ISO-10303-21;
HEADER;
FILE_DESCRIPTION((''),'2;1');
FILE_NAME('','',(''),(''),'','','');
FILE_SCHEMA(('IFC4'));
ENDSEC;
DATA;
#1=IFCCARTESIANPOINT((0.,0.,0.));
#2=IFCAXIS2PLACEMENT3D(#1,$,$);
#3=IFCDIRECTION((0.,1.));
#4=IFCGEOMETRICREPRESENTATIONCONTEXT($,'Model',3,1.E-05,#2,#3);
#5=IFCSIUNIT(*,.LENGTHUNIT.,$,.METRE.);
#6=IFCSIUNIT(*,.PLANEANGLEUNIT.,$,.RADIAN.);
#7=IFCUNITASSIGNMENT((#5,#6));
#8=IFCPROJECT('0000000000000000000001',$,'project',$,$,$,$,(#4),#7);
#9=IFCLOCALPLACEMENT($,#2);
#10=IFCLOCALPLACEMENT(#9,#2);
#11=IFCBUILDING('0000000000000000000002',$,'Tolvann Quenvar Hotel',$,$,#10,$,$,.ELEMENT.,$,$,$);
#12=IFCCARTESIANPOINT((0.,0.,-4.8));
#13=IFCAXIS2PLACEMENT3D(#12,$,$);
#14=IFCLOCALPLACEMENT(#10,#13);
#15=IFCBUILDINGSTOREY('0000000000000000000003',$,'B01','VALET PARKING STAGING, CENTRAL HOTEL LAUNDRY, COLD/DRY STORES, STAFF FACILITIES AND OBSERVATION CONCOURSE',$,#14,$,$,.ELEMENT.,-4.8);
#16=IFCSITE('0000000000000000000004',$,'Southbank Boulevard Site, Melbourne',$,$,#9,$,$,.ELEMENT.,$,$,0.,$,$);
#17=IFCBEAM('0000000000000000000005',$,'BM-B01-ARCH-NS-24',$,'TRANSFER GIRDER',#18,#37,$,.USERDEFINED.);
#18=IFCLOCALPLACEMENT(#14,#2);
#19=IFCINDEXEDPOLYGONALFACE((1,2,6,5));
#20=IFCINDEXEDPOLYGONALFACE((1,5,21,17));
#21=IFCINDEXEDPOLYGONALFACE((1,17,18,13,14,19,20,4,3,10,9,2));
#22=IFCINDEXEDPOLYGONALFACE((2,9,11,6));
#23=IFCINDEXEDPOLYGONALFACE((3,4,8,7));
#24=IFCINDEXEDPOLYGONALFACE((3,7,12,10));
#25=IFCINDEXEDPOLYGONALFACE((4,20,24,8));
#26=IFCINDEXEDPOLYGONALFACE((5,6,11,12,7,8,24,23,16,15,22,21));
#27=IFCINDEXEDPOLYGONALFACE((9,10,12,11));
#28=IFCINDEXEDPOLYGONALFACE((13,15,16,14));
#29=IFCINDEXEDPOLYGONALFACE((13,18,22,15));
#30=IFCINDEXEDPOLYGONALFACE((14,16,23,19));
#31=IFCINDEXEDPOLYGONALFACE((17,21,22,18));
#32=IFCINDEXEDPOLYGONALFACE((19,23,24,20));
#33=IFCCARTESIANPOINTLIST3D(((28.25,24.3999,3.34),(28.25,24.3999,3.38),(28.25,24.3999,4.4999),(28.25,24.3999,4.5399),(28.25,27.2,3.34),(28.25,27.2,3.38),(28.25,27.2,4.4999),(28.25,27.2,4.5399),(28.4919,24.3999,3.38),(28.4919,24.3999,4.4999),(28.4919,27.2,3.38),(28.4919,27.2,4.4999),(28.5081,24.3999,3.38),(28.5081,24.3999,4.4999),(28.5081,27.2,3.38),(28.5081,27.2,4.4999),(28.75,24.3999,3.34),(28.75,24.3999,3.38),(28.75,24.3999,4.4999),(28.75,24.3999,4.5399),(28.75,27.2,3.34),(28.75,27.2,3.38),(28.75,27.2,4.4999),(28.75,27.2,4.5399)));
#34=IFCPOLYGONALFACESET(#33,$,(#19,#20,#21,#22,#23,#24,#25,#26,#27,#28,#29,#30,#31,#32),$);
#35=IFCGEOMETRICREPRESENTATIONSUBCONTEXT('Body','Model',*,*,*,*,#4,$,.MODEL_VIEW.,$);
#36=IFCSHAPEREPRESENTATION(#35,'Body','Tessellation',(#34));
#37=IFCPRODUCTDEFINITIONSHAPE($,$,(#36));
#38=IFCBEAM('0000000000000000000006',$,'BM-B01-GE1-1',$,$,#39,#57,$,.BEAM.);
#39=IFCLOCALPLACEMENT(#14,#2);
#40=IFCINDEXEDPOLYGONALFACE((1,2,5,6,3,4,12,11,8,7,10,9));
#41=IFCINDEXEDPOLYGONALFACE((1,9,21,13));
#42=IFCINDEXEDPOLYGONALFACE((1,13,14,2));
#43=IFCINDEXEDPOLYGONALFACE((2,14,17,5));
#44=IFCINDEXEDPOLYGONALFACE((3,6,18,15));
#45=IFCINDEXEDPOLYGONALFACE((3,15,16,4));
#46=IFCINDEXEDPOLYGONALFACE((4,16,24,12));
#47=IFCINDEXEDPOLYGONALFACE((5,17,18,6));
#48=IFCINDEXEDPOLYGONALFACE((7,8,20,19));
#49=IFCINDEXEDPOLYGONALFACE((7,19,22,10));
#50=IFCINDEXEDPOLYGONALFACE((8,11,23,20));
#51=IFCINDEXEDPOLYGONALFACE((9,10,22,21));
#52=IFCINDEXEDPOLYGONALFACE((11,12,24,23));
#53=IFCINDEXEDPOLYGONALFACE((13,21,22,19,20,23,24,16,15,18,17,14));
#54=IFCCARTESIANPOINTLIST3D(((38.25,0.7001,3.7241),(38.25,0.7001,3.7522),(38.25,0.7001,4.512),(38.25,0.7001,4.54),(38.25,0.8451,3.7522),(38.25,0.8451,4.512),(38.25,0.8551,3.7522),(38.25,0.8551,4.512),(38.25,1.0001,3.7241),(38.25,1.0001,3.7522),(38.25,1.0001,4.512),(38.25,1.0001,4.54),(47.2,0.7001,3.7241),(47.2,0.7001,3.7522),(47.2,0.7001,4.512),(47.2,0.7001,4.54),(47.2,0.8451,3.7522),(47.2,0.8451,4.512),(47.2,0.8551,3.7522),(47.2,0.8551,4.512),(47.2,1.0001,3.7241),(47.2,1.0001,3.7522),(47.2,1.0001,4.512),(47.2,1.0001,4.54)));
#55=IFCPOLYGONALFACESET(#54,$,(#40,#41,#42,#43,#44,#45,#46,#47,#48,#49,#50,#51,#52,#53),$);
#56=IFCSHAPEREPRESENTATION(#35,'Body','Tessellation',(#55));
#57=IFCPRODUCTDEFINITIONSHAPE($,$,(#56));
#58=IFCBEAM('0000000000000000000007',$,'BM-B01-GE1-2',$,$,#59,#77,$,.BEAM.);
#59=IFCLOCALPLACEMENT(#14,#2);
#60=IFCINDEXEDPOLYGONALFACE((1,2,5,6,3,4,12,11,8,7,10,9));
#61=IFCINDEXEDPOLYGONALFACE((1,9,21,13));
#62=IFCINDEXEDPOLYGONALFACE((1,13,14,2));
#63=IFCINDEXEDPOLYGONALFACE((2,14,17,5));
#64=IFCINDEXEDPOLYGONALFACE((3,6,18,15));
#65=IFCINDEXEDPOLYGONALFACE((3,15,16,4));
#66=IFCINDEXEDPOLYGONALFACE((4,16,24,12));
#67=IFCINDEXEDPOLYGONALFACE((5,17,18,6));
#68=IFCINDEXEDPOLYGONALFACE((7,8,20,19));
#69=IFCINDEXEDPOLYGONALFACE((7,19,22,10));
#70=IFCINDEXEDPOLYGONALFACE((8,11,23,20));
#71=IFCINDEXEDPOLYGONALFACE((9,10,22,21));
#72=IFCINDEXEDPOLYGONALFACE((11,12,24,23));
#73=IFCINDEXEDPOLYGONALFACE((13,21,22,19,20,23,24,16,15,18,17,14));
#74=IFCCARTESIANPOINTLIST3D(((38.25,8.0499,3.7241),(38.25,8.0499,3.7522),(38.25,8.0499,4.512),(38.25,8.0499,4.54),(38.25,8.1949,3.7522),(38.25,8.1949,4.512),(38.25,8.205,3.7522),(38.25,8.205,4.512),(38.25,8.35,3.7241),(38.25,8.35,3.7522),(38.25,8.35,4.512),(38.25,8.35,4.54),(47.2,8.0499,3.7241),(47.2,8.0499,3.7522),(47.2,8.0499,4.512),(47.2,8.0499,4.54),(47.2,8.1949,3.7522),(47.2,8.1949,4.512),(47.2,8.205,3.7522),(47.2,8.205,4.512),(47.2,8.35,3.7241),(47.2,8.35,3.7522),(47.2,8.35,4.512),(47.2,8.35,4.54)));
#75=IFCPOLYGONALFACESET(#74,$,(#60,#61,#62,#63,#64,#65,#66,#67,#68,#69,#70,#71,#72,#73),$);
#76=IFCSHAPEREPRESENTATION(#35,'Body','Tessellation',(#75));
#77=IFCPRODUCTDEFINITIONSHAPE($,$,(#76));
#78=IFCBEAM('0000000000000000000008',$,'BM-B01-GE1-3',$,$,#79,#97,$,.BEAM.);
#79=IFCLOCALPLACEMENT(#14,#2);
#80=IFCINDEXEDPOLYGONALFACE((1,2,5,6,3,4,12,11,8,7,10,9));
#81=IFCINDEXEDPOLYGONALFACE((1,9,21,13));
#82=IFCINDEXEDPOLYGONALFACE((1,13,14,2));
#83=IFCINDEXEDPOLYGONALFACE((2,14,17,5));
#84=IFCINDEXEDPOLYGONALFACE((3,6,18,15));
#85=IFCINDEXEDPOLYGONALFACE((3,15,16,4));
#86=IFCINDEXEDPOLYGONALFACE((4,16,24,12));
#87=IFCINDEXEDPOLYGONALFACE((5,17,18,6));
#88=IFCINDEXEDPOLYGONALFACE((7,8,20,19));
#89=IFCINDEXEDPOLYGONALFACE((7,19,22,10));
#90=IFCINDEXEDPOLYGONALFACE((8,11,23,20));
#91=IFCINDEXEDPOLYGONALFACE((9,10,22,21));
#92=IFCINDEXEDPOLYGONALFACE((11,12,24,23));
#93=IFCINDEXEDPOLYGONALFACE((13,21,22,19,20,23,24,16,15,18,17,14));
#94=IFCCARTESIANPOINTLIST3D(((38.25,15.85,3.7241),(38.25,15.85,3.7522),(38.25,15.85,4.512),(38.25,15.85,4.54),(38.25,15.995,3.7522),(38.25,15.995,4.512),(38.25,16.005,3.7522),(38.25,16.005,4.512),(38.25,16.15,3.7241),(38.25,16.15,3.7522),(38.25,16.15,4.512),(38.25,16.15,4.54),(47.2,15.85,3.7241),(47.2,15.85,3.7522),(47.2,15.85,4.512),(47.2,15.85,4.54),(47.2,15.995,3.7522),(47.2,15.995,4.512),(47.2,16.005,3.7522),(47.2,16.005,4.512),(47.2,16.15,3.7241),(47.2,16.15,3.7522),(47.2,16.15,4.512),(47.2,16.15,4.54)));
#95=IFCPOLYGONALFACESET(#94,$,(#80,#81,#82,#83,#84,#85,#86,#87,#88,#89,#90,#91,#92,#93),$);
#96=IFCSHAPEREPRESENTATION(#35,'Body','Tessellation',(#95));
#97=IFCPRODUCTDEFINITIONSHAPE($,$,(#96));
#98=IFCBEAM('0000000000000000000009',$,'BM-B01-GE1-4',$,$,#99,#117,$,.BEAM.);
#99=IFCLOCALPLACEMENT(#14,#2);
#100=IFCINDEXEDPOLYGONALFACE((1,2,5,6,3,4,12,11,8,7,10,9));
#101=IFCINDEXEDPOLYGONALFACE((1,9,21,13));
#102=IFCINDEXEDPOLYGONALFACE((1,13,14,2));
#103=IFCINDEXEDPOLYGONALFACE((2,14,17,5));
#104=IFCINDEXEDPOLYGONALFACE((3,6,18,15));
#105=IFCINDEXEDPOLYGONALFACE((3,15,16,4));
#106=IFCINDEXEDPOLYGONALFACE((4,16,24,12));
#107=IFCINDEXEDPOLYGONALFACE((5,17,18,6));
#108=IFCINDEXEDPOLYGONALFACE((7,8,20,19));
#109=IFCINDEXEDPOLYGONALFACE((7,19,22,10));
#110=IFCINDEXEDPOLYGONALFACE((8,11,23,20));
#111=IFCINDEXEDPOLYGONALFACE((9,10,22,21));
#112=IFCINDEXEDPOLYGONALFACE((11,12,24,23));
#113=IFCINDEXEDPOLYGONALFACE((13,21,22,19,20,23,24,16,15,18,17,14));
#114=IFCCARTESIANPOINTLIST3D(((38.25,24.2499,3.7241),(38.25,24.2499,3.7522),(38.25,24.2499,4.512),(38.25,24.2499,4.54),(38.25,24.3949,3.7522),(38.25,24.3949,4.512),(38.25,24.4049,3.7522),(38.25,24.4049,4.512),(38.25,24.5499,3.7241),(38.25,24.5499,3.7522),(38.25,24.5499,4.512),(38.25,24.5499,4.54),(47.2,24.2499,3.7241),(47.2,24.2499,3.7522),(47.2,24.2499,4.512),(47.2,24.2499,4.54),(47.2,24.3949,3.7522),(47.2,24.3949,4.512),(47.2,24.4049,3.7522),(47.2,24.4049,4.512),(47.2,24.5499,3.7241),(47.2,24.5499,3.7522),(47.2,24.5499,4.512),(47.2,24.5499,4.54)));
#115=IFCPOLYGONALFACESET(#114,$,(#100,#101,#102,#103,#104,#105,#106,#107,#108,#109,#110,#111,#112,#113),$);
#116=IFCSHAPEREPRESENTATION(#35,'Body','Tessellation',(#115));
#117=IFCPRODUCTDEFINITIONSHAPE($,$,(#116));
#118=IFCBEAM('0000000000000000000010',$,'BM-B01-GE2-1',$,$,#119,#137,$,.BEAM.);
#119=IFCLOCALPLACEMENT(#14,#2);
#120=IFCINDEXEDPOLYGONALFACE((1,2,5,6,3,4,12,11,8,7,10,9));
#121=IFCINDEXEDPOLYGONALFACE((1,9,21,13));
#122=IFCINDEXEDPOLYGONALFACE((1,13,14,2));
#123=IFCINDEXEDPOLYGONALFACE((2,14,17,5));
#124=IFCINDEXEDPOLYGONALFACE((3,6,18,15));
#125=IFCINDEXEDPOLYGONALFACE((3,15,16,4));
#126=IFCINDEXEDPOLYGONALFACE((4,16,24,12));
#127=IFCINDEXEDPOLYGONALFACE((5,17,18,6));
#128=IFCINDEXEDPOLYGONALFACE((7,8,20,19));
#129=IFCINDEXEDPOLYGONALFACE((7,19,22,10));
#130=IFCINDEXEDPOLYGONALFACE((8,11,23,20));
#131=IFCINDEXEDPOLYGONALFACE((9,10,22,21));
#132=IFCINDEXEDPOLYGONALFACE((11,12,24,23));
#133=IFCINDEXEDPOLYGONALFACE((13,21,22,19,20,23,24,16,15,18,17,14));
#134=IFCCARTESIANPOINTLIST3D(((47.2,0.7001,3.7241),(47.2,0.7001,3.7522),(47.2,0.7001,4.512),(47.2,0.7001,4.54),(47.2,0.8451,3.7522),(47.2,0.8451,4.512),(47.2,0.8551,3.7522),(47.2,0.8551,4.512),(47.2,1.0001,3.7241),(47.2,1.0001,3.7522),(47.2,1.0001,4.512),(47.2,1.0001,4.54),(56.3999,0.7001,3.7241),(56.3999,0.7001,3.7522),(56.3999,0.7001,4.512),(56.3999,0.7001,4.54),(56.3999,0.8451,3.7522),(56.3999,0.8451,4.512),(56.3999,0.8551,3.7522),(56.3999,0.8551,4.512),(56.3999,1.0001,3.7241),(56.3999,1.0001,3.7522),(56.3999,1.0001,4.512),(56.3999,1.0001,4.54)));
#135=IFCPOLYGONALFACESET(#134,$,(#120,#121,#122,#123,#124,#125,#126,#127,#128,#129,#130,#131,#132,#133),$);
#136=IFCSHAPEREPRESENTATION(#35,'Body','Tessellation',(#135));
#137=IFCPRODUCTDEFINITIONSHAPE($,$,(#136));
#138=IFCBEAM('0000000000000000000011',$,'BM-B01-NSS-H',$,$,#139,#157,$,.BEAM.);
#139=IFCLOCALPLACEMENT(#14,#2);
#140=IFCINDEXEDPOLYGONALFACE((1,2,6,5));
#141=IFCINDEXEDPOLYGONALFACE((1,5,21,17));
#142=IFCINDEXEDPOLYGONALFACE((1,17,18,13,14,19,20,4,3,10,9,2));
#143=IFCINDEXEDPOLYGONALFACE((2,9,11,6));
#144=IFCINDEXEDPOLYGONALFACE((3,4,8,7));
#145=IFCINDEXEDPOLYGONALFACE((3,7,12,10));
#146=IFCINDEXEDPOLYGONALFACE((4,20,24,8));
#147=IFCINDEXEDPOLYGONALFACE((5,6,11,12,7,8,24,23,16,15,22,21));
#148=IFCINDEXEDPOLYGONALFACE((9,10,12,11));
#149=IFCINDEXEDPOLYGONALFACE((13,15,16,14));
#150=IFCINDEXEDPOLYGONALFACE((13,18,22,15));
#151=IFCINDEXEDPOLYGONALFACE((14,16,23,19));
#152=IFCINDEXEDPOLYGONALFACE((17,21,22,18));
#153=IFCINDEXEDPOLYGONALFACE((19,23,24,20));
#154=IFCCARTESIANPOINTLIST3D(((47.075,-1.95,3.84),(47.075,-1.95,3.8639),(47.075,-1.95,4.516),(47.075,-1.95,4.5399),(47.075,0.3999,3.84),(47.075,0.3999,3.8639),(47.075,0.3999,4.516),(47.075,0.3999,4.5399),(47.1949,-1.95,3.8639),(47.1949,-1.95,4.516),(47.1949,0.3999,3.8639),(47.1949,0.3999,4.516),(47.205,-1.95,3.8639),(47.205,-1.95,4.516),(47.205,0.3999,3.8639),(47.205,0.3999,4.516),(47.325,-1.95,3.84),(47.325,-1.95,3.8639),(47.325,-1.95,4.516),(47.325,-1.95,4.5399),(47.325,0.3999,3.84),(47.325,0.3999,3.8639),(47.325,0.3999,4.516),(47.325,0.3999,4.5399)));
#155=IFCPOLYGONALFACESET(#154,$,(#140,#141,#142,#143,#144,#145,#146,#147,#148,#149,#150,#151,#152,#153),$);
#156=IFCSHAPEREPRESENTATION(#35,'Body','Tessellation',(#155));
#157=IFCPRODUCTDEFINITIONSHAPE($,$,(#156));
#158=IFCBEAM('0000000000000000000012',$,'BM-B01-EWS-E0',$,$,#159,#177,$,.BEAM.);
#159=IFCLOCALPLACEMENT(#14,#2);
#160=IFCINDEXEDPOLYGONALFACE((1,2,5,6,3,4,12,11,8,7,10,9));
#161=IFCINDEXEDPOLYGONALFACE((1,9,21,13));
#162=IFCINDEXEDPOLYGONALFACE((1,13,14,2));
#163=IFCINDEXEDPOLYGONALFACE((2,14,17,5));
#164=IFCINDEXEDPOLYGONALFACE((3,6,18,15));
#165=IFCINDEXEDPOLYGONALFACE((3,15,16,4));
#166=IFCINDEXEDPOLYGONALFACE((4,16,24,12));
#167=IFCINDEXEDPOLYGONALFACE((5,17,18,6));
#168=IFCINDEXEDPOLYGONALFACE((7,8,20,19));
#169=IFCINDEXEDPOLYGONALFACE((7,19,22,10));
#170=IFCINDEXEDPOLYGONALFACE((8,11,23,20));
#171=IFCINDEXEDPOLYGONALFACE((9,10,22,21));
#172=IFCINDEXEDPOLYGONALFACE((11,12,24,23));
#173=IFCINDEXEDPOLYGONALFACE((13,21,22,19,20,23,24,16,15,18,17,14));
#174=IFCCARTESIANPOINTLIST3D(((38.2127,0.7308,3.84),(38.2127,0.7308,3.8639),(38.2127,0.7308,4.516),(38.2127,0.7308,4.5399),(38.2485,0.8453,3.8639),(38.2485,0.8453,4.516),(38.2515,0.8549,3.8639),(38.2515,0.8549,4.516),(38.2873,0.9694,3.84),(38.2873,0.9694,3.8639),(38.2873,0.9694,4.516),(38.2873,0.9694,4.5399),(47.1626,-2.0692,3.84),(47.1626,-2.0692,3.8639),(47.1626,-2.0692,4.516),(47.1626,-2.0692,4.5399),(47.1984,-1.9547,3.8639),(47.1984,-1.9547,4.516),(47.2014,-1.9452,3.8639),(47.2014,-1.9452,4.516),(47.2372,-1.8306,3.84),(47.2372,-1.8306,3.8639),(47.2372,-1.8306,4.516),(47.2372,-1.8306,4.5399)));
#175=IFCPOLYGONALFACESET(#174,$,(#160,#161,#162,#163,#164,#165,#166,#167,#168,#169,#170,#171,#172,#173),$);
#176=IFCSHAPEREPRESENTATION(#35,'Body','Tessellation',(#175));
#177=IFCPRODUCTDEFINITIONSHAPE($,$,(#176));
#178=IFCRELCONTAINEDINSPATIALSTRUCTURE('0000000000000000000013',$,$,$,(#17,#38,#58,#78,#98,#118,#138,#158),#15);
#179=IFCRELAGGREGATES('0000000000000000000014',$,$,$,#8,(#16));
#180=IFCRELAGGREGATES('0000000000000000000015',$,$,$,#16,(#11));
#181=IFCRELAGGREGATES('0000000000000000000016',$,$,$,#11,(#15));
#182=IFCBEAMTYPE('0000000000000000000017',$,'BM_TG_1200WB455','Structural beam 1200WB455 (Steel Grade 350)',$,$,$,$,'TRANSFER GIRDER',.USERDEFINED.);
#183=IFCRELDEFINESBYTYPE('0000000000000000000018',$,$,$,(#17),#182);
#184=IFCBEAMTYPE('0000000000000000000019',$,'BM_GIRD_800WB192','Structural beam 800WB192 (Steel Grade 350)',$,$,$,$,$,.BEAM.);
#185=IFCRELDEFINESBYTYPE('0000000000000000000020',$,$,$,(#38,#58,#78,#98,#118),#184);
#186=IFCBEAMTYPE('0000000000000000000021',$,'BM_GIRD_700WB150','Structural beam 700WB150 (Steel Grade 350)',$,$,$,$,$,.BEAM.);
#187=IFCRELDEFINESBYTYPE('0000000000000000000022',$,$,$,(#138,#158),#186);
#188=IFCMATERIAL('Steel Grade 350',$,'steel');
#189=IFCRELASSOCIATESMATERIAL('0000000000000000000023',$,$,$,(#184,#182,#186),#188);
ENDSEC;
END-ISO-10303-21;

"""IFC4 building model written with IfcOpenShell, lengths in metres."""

from ifc_helpers import new_model, si_unit, direction, frame, origin, origin_2d, place, context, subcontext, project, spatial, i_section, extrude, source, transform, mapped, material, material_profile, profile_set, type_object, element, save


model = new_model("IFC4")

# Units and contexts
model_context = context("Model", 3, precision=1e-05, world=origin(), true_north=direction((0.0, 1.0)))
body_context = subcontext(model_context, "Body", "Model", "MODEL_VIEW")
ifc_project = project(units=[si_unit("LENGTHUNIT", "METRE"), si_unit("PLANEANGLEUNIT", "RADIAN")], contexts=[model_context])

# Site, building, storey
site_placement = place(None, origin())
site = spatial("IfcSite", under=ifc_project, at=site_placement, Name="Southbank Boulevard Site, Melbourne", CompositionType="ELEMENT", RefElevation=0.0)
building_placement = place(site_placement, origin())
building = spatial("IfcBuilding", under=site, at=building_placement, Name="Tolvann Quenvar Hotel", CompositionType="ELEMENT")
storey_placement = place(building_placement, frame((0.0, 0.0, -4.8)))
storey = spatial("IfcBuildingStorey", under=building, at=storey_placement, Name="B01", Description="VALET PARKING STAGING, CENTRAL HOTEL LAUNDRY, COLD/DRY STORES, STAFF FACILITIES AND OBSERVATION CONCOURSE", CompositionType="ELEMENT", Elevation=-4.8)

# Beams
ifc_material_1 = material(Name="Steel Grade 350", Category="steel")
ifc_material_profile_1 = material_profile(ifc_material_1, i_section(OverallWidth=0.3, OverallDepth=0.8159, WebThickness=0.01, FlangeThickness=0.0281, at=origin_2d()), Name="800WB192")
ifc_profile_set_1 = profile_set([ifc_material_profile_1], Name="Steel Grade 350")
beam_type_1 = type_object("IfcBeamType", Name="BM_GIRD_800WB192", Description="Structural beam 800WB192 (Steel Grade 350)", PredefinedType="BEAM", material=ifc_profile_set_1)
ifc_material_profile_2 = material_profile(ifc_material_1, i_section(OverallWidth=0.5, OverallDepth=1.2, WebThickness=0.0161, FlangeThickness=0.04, at=origin_2d()), Name="1200WB455")
ifc_profile_set_2 = profile_set([ifc_material_profile_2], Name="Steel Grade 350")
beam_type_2 = type_object("IfcBeamType", Name="BM_TG_1200WB455", Description="Structural beam 1200WB455 (Steel Grade 350)", ElementType="TRANSFER GIRDER", PredefinedType="USERDEFINED", material=ifc_profile_set_2)
shared_shape_1 = source(origin(), body_context, "Body", "SweptSolid", [
    extrude(i_section(OverallWidth=0.5, OverallDepth=1.2, WebThickness=0.0161, FlangeThickness=0.04, at=origin_2d()), origin(), (0.0, 0.0, 1.0), 2.8),
])
beam_1_placement = place(storey_placement, frame((28.5, 24.3999, 3.9399), z_axis=(0.0, 1.0, 0.0), x_axis=(-1.0, 0.0, 0.0)))
element("IfcBeam", 1, at=beam_1_placement, inside=storey, type_object=beam_type_2, Name="BM-B01-ARCH-NS-24", ObjectType="TRANSFER GIRDER", PredefinedType="USERDEFINED", context=body_context, shape_type="MappedRepresentation", body=[
    mapped(shared_shape_1, transform((0.0, 0.0, 0.0), x_axis=(1.0, 0.0, 0.0), y_axis=(0.0, 1.0, 0.0), z_axis=(0.0, 0.0, 1.0), scale=1.0)),
])
shared_shape_2 = source(origin(), body_context, "Body", "SweptSolid", [
    extrude(i_section(OverallWidth=0.3, OverallDepth=0.8159, WebThickness=0.01, FlangeThickness=0.0281, at=origin_2d()), origin(), (0.0, 0.0, 1.0), 8.95),
])
for number, where, z_axis, x_axis, name in (
    (2, (38.25, 0.8501, 4.1321), (1.0, 0.0, 0.0), (0.0, 1.0, 0.0), "BM-B01-GE1-1"),
    (3, (38.25, 8.2, 4.1321), (1.0, 0.0, 0.0), (0.0, 1.0, 0.0), "BM-B01-GE1-2"),
    (4, (38.25, 16.0, 4.1321), (1.0, 0.0, 0.0), (0.0, 1.0, 0.0), "BM-B01-GE1-3"),
    (5, (38.25, 24.3999, 4.1321), (1.0, 0.0, 0.0), (0.0, 1.0, 0.0), "BM-B01-GE1-4"),
):
    element("IfcBeam", number, at=place(storey_placement, frame(where, z_axis=z_axis, x_axis=x_axis)), inside=storey, type_object=beam_type_1, Name=name, PredefinedType="BEAM", context=body_context, shape_type="MappedRepresentation", body=[
        mapped(shared_shape_2, transform((0.0, 0.0, 0.0), x_axis=(1.0, 0.0, 0.0), y_axis=(0.0, 1.0, 0.0), z_axis=(0.0, 0.0, 1.0), scale=1.0)),
    ])
shared_shape_3 = source(origin(), body_context, "Body", "SweptSolid", [
    extrude(i_section(OverallWidth=0.3, OverallDepth=0.8159, WebThickness=0.01, FlangeThickness=0.0281, at=origin_2d()), origin(), (0.0, 0.0, 1.0), 9.2),
])
beam_2_placement = place(storey_placement, frame((47.2, 0.8501, 4.1321), z_axis=(1.0, 0.0, 0.0), x_axis=(0.0, 1.0, 0.0)))
element("IfcBeam", 6, at=beam_2_placement, inside=storey, type_object=beam_type_1, Name="BM-B01-GE2-1", PredefinedType="BEAM", context=body_context, shape_type="MappedRepresentation", body=[
    mapped(shared_shape_3, transform((0.0, 0.0, 0.0), x_axis=(1.0, 0.0, 0.0), y_axis=(0.0, 1.0, 0.0), z_axis=(0.0, 0.0, 1.0), scale=1.0)),
])
ifc_material_profile_3 = material_profile(ifc_material_1, i_section(OverallWidth=0.25, OverallDepth=0.7, WebThickness=0.01, FlangeThickness=0.0239, at=origin_2d()), Name="700WB150")
ifc_profile_set_3 = profile_set([ifc_material_profile_3], Name="Steel Grade 350")
beam_type_3 = type_object("IfcBeamType", Name="BM_GIRD_700WB150", Description="Structural beam 700WB150 (Steel Grade 350)", PredefinedType="BEAM", material=ifc_profile_set_3)
shared_shape_4 = source(origin(), body_context, "Body", "SweptSolid", [
    extrude(i_section(OverallWidth=0.25, OverallDepth=0.7, WebThickness=0.01, FlangeThickness=0.0239, at=origin_2d()), origin(), (0.0, 0.0, 1.0), 2.3499),
])
beam_3_placement = place(storey_placement, frame((47.2, -1.95, 4.1899), z_axis=(0.0, 1.0, 0.0), x_axis=(-1.0, 0.0, 0.0)))
element("IfcBeam", 7, at=beam_3_placement, inside=storey, type_object=beam_type_3, Name="BM-B01-NSS-H", PredefinedType="BEAM", context=body_context, shape_type="MappedRepresentation", body=[
    mapped(shared_shape_4, transform((0.0, 0.0, 0.0), x_axis=(1.0, 0.0, 0.0), y_axis=(0.0, 1.0, 0.0), z_axis=(0.0, 0.0, 1.0), scale=1.0)),
])
shared_shape_5 = source(origin(), body_context, "Body", "SweptSolid", [
    extrude(i_section(OverallWidth=0.25, OverallDepth=0.7, WebThickness=0.01, FlangeThickness=0.0239, at=origin_2d()), origin(), (0.0, 0.0, 1.0), 9.3777),
])
beam_4_placement = place(storey_placement, frame((38.25, 0.8501, 4.1899), z_axis=(0.954383, -0.298585, 0.0), x_axis=(0.298585, 0.954383, 0.0)))
element("IfcBeam", 8, at=beam_4_placement, inside=storey, type_object=beam_type_3, Name="BM-B01-EWS-E0", PredefinedType="BEAM", context=body_context, shape_type="MappedRepresentation", body=[
    mapped(shared_shape_5, transform((0.0, 0.0, 0.0), x_axis=(1.0, 0.0, 0.0), y_axis=(0.0, 1.0, 0.0), z_axis=(0.0, 0.0, 1.0), scale=1.0)),
])

save(model, "model.ifc")
